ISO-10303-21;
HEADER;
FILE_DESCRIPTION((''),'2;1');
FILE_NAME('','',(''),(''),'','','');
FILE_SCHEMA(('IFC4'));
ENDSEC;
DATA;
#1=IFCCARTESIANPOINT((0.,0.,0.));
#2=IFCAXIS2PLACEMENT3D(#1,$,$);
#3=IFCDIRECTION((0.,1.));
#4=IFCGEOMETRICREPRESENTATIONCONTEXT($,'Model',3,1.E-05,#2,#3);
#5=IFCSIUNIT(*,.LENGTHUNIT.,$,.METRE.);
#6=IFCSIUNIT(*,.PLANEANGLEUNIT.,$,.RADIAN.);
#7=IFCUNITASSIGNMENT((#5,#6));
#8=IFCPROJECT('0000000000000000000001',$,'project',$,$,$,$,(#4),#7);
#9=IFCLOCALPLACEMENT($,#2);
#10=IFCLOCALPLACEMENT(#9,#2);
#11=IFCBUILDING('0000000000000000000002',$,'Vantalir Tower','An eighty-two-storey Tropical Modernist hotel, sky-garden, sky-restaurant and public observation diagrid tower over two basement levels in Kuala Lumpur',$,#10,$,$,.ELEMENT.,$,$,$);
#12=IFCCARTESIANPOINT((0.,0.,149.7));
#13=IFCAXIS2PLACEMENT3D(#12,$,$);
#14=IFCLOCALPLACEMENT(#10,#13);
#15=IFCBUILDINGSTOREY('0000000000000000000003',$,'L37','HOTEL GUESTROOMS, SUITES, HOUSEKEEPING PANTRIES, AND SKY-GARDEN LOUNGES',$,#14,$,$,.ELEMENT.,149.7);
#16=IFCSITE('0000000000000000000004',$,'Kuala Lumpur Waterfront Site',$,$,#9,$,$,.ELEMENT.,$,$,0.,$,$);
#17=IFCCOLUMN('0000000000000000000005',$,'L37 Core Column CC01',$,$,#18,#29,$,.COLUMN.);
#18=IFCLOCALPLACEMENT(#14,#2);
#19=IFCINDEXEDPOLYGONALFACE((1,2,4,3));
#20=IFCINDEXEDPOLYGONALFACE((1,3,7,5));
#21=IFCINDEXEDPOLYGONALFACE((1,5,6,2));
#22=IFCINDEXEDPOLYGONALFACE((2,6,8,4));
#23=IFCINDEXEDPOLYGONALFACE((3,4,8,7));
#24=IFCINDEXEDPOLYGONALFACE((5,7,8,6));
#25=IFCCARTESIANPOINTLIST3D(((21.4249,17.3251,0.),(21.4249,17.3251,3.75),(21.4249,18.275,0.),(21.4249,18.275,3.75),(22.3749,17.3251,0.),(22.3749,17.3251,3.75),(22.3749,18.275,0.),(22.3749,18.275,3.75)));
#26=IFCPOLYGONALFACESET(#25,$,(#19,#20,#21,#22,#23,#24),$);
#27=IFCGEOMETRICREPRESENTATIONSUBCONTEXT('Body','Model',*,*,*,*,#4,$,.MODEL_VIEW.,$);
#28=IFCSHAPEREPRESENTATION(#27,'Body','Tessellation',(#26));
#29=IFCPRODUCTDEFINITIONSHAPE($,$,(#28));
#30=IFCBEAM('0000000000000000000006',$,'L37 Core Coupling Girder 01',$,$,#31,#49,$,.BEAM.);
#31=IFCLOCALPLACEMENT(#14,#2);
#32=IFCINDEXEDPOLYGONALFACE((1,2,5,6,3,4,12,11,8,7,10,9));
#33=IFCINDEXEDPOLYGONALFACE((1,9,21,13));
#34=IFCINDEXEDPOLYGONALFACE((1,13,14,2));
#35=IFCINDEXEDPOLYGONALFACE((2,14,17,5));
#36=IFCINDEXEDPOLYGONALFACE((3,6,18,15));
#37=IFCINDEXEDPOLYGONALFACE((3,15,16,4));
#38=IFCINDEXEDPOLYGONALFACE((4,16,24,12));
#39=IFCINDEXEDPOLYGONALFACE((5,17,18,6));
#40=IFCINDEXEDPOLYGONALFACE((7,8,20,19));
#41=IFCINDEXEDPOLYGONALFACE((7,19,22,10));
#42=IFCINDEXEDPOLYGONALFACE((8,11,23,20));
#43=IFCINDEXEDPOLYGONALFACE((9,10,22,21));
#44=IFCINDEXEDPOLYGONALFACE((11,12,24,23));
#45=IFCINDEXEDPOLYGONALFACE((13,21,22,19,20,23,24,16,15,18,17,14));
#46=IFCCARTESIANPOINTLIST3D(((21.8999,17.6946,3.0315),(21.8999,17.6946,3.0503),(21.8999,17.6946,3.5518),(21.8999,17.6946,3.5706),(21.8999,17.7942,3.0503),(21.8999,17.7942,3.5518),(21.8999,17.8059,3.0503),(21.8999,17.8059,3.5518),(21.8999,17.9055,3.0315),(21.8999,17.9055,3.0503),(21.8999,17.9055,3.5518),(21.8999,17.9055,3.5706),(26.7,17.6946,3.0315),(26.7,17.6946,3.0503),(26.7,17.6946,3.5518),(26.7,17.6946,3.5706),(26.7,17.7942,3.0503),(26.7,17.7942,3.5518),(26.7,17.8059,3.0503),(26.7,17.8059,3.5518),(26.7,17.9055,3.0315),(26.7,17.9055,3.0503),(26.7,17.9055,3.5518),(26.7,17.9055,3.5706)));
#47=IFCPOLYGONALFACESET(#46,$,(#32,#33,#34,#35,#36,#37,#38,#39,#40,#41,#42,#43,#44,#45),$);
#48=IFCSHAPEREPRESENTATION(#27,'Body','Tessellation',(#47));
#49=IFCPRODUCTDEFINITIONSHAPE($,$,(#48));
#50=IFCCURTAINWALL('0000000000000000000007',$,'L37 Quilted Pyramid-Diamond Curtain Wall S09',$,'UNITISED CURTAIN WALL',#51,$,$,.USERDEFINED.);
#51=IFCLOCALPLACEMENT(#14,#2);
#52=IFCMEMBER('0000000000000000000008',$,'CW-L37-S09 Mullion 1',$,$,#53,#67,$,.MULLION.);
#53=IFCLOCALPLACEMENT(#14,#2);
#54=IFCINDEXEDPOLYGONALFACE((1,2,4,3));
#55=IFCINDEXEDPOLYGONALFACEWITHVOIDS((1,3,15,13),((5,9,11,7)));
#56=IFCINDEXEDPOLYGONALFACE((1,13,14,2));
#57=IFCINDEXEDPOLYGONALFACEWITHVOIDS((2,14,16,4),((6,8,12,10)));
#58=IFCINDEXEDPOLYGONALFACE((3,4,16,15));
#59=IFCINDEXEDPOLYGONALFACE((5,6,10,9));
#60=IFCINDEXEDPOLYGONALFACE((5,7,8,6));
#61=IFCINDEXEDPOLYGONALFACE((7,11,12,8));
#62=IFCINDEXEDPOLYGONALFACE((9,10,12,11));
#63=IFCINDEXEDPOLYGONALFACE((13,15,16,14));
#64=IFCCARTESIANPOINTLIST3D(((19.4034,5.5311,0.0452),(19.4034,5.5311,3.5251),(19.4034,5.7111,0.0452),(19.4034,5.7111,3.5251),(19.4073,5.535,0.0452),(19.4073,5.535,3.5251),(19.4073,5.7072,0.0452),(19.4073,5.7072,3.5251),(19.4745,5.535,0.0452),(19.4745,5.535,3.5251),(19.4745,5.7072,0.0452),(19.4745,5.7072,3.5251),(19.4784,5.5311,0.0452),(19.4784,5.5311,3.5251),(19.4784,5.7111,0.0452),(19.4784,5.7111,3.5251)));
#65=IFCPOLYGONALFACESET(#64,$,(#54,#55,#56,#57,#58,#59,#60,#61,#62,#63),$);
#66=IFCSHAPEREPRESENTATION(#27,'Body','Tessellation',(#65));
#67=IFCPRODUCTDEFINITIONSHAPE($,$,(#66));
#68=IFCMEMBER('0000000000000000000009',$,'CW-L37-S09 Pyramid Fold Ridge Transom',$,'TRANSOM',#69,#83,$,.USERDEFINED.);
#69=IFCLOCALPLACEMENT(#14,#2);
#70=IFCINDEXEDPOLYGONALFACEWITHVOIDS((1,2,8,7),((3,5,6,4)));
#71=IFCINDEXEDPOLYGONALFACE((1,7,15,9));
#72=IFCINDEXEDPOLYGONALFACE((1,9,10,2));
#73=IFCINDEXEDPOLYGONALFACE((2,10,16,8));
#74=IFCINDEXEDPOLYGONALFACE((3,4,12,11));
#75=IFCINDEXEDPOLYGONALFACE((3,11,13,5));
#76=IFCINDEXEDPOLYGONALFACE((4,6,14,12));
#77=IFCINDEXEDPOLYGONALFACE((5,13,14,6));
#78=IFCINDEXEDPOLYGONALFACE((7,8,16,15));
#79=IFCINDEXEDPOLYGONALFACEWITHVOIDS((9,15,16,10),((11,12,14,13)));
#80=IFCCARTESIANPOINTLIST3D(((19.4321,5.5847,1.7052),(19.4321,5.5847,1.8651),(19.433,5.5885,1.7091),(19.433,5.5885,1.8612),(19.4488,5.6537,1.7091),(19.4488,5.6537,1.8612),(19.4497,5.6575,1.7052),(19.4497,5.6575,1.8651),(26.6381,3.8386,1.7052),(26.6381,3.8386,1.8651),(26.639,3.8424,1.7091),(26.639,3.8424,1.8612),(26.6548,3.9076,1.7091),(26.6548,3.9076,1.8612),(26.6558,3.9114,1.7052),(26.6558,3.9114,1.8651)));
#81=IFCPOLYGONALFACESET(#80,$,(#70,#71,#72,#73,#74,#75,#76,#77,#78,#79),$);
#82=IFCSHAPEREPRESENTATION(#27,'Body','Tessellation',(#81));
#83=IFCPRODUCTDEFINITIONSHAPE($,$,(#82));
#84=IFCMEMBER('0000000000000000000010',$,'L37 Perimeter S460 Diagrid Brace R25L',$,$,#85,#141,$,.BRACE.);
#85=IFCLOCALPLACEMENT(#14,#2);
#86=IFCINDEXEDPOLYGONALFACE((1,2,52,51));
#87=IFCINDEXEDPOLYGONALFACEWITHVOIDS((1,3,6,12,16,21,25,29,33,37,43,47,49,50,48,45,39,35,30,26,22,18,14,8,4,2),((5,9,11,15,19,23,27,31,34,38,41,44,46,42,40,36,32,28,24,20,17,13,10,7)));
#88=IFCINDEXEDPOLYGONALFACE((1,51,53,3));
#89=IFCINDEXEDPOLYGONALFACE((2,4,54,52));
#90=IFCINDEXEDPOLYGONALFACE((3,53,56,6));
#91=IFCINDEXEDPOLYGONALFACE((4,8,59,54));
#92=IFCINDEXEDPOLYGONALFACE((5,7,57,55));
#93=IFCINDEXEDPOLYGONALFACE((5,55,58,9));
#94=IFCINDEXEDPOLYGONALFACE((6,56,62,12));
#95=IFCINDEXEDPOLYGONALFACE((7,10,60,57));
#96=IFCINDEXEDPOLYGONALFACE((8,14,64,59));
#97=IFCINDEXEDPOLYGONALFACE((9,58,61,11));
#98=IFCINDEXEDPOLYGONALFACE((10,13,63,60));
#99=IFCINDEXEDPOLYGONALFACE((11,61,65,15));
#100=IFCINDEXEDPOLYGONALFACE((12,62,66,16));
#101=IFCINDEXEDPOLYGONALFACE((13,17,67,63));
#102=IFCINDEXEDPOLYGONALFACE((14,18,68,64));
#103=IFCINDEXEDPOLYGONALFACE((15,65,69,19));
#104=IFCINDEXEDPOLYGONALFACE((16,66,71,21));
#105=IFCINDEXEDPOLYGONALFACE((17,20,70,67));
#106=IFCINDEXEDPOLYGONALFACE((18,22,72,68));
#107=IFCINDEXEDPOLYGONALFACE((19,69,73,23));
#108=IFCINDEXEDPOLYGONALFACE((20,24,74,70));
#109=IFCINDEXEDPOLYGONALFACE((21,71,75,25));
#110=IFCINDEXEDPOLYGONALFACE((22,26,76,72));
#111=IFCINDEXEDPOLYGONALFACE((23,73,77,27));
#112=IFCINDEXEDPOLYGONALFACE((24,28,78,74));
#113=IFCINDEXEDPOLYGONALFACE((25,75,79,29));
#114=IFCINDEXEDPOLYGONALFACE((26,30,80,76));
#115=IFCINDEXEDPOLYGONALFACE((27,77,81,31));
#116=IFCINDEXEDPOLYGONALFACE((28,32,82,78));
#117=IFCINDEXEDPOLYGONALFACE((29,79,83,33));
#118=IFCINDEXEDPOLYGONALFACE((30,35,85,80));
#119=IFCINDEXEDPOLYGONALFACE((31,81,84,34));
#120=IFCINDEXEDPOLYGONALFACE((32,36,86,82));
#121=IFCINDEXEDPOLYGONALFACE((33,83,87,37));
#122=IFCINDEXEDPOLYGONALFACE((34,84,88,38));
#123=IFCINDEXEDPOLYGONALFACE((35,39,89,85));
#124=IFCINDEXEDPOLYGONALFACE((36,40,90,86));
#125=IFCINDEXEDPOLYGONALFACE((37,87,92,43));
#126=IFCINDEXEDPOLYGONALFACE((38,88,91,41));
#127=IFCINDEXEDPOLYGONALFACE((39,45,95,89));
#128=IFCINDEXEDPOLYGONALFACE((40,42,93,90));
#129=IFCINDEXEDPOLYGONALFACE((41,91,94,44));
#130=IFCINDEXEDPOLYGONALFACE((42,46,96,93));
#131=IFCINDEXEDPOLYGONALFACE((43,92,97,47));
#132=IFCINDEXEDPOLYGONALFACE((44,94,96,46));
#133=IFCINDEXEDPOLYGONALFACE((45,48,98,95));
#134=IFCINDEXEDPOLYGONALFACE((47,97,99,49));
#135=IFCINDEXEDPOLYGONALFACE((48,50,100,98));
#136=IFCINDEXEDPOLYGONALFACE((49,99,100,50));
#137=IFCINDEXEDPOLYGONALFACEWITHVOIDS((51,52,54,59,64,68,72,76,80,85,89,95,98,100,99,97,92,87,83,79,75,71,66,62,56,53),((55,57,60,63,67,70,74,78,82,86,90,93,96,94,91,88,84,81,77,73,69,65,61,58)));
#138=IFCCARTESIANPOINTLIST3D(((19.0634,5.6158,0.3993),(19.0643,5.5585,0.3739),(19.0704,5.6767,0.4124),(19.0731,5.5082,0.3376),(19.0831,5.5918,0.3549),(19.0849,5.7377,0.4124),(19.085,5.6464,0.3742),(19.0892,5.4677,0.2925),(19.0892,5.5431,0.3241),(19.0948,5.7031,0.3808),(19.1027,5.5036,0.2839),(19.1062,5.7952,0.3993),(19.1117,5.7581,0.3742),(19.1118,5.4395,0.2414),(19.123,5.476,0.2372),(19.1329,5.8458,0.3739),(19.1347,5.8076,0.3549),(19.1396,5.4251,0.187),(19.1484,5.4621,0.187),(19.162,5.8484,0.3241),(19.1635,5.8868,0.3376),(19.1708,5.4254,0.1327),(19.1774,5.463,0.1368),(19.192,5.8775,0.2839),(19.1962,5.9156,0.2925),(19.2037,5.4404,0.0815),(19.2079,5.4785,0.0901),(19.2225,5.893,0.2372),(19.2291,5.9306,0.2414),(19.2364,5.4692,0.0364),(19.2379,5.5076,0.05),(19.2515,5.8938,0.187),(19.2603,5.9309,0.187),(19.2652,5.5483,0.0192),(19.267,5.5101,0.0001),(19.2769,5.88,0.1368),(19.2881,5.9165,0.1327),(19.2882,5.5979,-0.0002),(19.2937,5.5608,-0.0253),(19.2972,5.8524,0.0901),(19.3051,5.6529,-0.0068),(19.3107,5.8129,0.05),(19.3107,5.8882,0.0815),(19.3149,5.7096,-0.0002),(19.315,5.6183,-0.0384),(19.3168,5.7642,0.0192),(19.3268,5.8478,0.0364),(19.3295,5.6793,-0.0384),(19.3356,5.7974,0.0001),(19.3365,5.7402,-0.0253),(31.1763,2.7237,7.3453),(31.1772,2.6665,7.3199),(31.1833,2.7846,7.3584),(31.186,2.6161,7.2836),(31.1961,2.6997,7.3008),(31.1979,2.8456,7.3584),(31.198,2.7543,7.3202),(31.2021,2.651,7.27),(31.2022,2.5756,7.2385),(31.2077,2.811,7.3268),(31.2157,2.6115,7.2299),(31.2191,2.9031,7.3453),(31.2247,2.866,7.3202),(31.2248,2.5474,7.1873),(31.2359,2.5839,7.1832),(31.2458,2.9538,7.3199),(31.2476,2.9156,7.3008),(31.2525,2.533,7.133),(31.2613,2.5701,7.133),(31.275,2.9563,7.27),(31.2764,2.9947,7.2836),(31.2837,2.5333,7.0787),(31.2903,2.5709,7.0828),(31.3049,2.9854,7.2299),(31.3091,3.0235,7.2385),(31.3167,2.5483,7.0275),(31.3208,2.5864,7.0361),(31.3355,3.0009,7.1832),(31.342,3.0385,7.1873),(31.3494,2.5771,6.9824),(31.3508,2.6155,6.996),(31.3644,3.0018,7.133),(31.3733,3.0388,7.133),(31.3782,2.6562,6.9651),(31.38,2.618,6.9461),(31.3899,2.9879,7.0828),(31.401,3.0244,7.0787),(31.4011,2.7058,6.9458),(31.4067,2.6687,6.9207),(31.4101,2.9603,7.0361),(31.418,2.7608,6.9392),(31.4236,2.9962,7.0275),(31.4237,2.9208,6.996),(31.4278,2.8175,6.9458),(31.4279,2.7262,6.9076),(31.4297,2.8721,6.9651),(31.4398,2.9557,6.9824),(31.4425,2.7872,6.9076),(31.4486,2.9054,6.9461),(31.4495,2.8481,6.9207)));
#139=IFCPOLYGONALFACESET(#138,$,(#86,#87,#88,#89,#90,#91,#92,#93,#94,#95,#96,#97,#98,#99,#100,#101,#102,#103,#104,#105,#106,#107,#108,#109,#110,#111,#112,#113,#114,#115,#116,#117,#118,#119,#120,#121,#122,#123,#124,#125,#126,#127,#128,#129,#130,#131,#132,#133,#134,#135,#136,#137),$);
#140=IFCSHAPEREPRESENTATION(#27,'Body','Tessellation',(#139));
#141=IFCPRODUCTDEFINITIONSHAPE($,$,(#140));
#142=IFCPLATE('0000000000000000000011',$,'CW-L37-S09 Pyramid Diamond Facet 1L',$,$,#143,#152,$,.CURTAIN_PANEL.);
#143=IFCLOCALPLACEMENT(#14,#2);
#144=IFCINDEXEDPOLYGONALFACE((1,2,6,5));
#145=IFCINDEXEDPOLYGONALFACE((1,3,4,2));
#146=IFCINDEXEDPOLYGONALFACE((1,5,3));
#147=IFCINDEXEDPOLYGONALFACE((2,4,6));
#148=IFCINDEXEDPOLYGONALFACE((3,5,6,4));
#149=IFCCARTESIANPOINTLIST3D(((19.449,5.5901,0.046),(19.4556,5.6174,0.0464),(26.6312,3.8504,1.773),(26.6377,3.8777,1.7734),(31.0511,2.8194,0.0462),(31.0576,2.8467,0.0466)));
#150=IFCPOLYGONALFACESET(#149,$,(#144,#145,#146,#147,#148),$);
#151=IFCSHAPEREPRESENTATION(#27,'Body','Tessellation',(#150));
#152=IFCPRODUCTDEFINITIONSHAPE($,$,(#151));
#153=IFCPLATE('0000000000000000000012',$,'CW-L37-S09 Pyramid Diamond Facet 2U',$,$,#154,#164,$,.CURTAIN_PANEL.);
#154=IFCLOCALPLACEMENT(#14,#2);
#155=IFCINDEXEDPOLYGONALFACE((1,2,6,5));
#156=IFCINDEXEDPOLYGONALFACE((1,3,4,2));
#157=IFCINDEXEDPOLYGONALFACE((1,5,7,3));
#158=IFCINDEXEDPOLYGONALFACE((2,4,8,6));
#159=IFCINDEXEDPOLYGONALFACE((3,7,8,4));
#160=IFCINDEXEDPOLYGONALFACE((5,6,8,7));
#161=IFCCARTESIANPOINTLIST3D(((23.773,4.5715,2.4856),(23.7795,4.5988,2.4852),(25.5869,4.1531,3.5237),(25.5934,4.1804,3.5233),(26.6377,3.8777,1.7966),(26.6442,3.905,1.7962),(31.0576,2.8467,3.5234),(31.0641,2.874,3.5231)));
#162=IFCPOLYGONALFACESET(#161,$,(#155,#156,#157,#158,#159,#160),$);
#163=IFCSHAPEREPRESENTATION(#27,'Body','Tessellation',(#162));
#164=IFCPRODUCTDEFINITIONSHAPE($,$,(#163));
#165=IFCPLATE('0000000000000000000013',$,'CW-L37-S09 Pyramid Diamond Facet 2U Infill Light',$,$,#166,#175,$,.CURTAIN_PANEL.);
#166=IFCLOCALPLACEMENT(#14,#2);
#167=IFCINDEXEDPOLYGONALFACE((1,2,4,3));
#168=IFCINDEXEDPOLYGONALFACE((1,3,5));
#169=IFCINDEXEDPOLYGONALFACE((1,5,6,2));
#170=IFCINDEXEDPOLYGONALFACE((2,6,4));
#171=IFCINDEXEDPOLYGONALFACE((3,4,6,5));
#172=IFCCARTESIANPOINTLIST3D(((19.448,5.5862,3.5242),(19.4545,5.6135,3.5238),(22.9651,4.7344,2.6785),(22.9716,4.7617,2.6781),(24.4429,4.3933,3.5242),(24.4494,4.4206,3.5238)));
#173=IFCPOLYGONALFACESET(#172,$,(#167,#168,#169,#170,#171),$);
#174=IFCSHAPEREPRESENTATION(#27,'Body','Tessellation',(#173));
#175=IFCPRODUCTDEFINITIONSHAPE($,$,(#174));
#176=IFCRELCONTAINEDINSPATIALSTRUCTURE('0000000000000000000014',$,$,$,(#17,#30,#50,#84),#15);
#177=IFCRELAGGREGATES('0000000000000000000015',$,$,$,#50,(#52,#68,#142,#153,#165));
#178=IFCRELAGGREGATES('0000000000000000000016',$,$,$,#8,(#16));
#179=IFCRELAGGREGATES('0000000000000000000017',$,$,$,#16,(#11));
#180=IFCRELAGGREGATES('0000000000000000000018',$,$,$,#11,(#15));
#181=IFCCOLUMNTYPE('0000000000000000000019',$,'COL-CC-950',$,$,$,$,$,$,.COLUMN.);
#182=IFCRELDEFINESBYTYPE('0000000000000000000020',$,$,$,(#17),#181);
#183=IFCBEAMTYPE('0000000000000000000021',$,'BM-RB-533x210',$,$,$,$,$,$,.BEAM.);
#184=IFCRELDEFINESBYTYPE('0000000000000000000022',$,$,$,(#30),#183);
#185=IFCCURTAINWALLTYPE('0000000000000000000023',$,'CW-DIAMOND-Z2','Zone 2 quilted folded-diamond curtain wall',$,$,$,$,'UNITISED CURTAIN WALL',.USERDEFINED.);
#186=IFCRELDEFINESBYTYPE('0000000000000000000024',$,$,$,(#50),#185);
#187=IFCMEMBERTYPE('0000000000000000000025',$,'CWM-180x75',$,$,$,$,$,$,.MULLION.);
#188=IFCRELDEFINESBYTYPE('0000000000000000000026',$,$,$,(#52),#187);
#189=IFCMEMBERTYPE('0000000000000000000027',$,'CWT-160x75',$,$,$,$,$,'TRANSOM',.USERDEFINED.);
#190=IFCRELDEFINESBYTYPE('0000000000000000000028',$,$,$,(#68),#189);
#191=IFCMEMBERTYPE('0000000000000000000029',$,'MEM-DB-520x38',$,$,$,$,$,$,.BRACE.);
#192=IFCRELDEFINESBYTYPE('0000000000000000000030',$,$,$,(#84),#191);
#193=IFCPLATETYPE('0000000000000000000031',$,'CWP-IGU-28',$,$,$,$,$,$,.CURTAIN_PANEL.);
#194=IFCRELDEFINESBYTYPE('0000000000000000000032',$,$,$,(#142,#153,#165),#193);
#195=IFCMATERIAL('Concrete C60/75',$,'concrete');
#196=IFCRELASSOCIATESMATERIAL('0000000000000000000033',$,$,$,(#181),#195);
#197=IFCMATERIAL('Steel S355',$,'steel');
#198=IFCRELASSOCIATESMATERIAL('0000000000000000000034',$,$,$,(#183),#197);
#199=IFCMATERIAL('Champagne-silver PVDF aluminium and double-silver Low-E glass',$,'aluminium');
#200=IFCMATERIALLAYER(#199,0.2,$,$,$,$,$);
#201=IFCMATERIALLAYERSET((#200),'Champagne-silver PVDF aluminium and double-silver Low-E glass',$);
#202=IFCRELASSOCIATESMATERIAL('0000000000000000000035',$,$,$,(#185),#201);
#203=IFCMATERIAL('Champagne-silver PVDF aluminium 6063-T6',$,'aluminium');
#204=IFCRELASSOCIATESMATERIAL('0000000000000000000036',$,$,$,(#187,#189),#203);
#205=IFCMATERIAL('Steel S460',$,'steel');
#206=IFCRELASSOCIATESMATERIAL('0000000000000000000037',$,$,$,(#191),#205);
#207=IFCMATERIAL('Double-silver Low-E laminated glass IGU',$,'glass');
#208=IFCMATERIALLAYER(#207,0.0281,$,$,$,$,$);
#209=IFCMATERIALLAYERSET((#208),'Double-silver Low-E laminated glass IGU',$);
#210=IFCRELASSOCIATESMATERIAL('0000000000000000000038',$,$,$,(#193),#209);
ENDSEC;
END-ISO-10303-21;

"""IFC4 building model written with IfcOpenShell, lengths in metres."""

from ifc_helpers import new_model, si_unit, direction, frame, origin, origin_2d, place, context, subcontext, project, spatial, polyline, rectangle, hollow_rectangle, hollow_circle, i_section, outline, extrude, material, layer, layer_set, material_profile, profile_set, type_object, element, aggregate, save


model = new_model("IFC4")

# Units and contexts
model_context = context("Model", 3, precision=1e-05, world=origin(), true_north=direction((0.0, 1.0)))
body_context = subcontext(model_context, "Body", "Model", "MODEL_VIEW")
ifc_project = project(units=[si_unit("LENGTHUNIT", "METRE"), si_unit("PLANEANGLEUNIT", "RADIAN")], contexts=[model_context])

# Site, building, storey
site_placement = place(None, origin())
site = spatial("IfcSite", under=ifc_project, at=site_placement, Name="Kuala Lumpur Waterfront Site", CompositionType="ELEMENT", RefElevation=0.0)
building_placement = place(site_placement, origin())
building = spatial("IfcBuilding", under=site, at=building_placement, Name="Vantalir Tower", Description="An eighty-two-storey Tropical Modernist hotel, sky-garden, sky-restaurant and public observation diagrid tower over two basement levels in Kuala Lumpur", CompositionType="ELEMENT")
storey_placement = place(building_placement, frame((0.0, 0.0, 149.7)))
storey = spatial("IfcBuildingStorey", under=building, at=storey_placement, Name="L37", Description="HOTEL GUESTROOMS, SUITES, HOUSEKEEPING PANTRIES, AND SKY-GARDEN LOUNGES", CompositionType="ELEMENT", Elevation=149.7)

# Column
ifc_material_1 = material(Name="Concrete C60/75", Category="concrete")
ifc_material_profile_1 = material_profile(ifc_material_1, rectangle(XDim=0.95, YDim=0.95, at=origin_2d()), Name="Concrete C60/75")
ifc_profile_set_1 = profile_set([ifc_material_profile_1], Name="Concrete C60/75")
column_type = type_object("IfcColumnType", Name="COL-CC-950", PredefinedType="COLUMN", material=ifc_profile_set_1)
column_placement = place(storey_placement, frame((21.8999, 17.8, 0.0), z_axis=(0.0, 0.0, 1.0), x_axis=(1.0, 0.0, 0.0)))
element("IfcColumn", 1, at=column_placement, inside=storey, type_object=column_type, Name="L37 Core Column CC01", PredefinedType="COLUMN", context=body_context, shape_type="SweptSolid", body=[
    extrude(rectangle(XDim=0.95, YDim=0.95, at=origin_2d()), origin(), (0.0, 0.0, 1.0), 3.75),
])

# Beam
ifc_material_2 = material(Name="Steel S355", Category="steel")
ifc_material_profile_2 = material_profile(ifc_material_2, i_section(OverallWidth=0.2109, OverallDepth=0.5391, WebThickness=0.0117, FlangeThickness=0.0188, at=origin_2d()), Name="Steel S355")
ifc_profile_set_2 = profile_set([ifc_material_profile_2], Name="Steel S355")
beam_type = type_object("IfcBeamType", Name="BM-RB-533x210", PredefinedType="BEAM", material=ifc_profile_set_2)
beam_placement = place(storey_placement, frame((21.8999, 17.8, 3.301), z_axis=(1.0, 0.0, 0.0), x_axis=(0.0, 1.0, 0.0)))
element("IfcBeam", 2, at=beam_placement, inside=storey, type_object=beam_type, Name="L37 Core Coupling Girder 01", PredefinedType="BEAM", context=body_context, shape_type="SweptSolid", body=[
    extrude(i_section(OverallWidth=0.2109, OverallDepth=0.5391, WebThickness=0.0117, FlangeThickness=0.0188, at=origin_2d()), origin(), (0.0, 0.0, 1.0), 4.8),
])

# Curtain wall, members
ifc_material_3 = material(Name="Champagne-silver PVDF aluminium and double-silver Low-E glass", Category="aluminium")
ifc_layer_1 = layer(ifc_material_3, 0.2)
ifc_layer_set_1 = layer_set([ifc_layer_1], Name="Champagne-silver PVDF aluminium and double-silver Low-E glass")
curtain_wall_type = type_object("IfcCurtainWallType", Name="CW-DIAMOND-Z2", Description="Zone 2 quilted folded-diamond curtain wall", ElementType="UNITISED CURTAIN WALL", PredefinedType="USERDEFINED", material=ifc_layer_set_1)
curtain_wall_placement = place(storey_placement, origin())
curtain_wall = element("IfcCurtainWall", 3, at=curtain_wall_placement, inside=storey, type_object=curtain_wall_type, Name="L37 Quilted Pyramid-Diamond Curtain Wall S09", ObjectType="UNITISED CURTAIN WALL", PredefinedType="USERDEFINED")
ifc_material_4 = material(Name="Champagne-silver PVDF aluminium 6063-T6", Category="aluminium")
ifc_material_profile_3 = material_profile(ifc_material_4, hollow_rectangle(XDim=0.075, YDim=0.1799, WallThickness=0.0039, at=origin_2d()), Name="Champagne-silver PVDF aluminium 6063-T6")
ifc_profile_set_3 = profile_set([ifc_material_profile_3], Name="Champagne-silver PVDF aluminium 6063-T6")
member_type_1 = type_object("IfcMemberType", Name="CWM-180x75", PredefinedType="MULLION", material=ifc_profile_set_3)
member_1_placement = place(storey_placement, frame((19.4409, 5.6211, 0.0452), z_axis=(0.0, 0.0, 1.0), x_axis=(1.0, 0.0, 0.0)))
member_1 = element("IfcMember", 4, at=member_1_placement, type_object=member_type_1, Name="CW-L37-S09 Mullion 1", PredefinedType="MULLION", context=body_context, shape_type="SweptSolid", body=[
    extrude(hollow_rectangle(XDim=0.075, YDim=0.1799, WallThickness=0.0039, at=origin_2d()), origin(), (0.0, 0.0, 1.0), 3.48),
])
ifc_material_profile_4 = material_profile(ifc_material_4, hollow_rectangle(XDim=0.075, YDim=0.1599, WallThickness=0.0039, at=origin_2d()), Name="Champagne-silver PVDF aluminium 6063-T6")
ifc_profile_set_4 = profile_set([ifc_material_profile_4], Name="Champagne-silver PVDF aluminium 6063-T6")
member_type_2 = type_object("IfcMemberType", Name="CWT-160x75", ElementType="TRANSOM", PredefinedType="USERDEFINED", material=ifc_profile_set_4)
member_2_placement = place(storey_placement, frame((19.4409, 5.6211, 1.7852), z_axis=(0.971876, -0.235494, 0.0), x_axis=(0.235494, 0.971876, 0.0)))
member_2 = element("IfcMember", 5, at=member_2_placement, type_object=member_type_2, Name="CW-L37-S09 Pyramid Fold Ridge Transom", ObjectType="TRANSOM", PredefinedType="USERDEFINED", context=body_context, shape_type="SweptSolid", body=[
    extrude(hollow_rectangle(XDim=0.075, YDim=0.1599, WallThickness=0.0039, at=origin_2d()), origin(), (0.0, 0.0, 1.0), 7.4146),
])

# Member
ifc_material_5 = material(Name="Steel S460", Category="steel")
ifc_material_profile_5 = material_profile(ifc_material_5, hollow_circle(Radius=0.26, WallThickness=0.0381, at=origin_2d()), Name="Steel S460")
ifc_profile_set_5 = profile_set([ifc_material_profile_5], Name="Steel S460")
member_type_3 = type_object("IfcMemberType", Name="MEM-DB-520x38", PredefinedType="BRACE", material=ifc_profile_set_5)
member_3_placement = place(storey_placement, frame((19.2, 5.678, 0.187), z_axis=(0.849463, -0.202816, 0.487112), x_axis=(0.232231, 0.972661, 0.0)))
element("IfcMember", 6, at=member_3_placement, inside=storey, type_object=member_type_3, Name="L37 Perimeter S460 Diagrid Brace R25L", PredefinedType="BRACE", context=body_context, shape_type="SweptSolid", body=[
    extrude(hollow_circle(Radius=0.26, WallThickness=0.0381, at=origin_2d()), origin(), (0.0, 0.0, 1.0), 14.2595),
])

# Plates
ifc_material_6 = material(Name="Double-silver Low-E laminated glass IGU", Category="glass")
ifc_layer_2 = layer(ifc_material_6, 0.0281)
ifc_layer_set_2 = layer_set([ifc_layer_2], Name="Double-silver Low-E laminated glass IGU")
plate_type_1 = type_object("IfcPlateType", Name="CWP-IGU-28", PredefinedType="CURTAIN_PANEL", material=ifc_layer_set_2)
plate_1_placement = place(storey_placement, frame((19.4556, 5.6174, 0.0464), z_axis=(0.232261, 0.972555, 0.013821), x_axis=(0.972648, -0.232284, 0.00002)))
plate_1 = element("IfcPlate", 7, at=plate_1_placement, type_object=plate_type_1, Name="CW-L37-S09 Pyramid Diamond Facet 1L", PredefinedType="CURTAIN_PANEL", context=body_context, shape_type="SweptSolid", body=[
    extrude(outline(polyline([(0.0, 0.0), (11.9283, 0.0), (7.3898, -1.7271), (0.0, 0.0)])), origin(), (0.0, 0.0, -1.0), 0.0281),
])
plate_2_placement = place(storey_placement, frame((25.5869, 4.1531, 3.5237), z_axis=(-0.232244, -0.97256, 0.013778), x_axis=(0.972652, -0.232267, -0.000043)))
plate_2 = element("IfcPlate", 8, at=plate_2_placement, type_object=plate_type_1, Name="CW-L37-S09 Pyramid Diamond Facet 2U", PredefinedType="CURTAIN_PANEL", context=body_context, shape_type="SweptSolid", body=[
    extrude(outline(polyline([(0.0, 0.0), (5.6245, 0.0), (1.0861, -1.7272), (-1.8615, -1.0383), (0.0, 0.0)])), origin(), (0.0, 0.0, -1.0), 0.0281),
])
plate_3_placement = place(storey_placement, frame((19.448, 5.5862, 3.5242), z_axis=(-0.232265, -0.972557, 0.013637), x_axis=(0.972647, -0.232287, 0.0)))
plate_3 = element("IfcPlate", 9, at=plate_3_placement, type_object=plate_type_1, Name="CW-L37-S09 Pyramid Diamond Facet 2U Infill Light", PredefinedType="CURTAIN_PANEL", context=body_context, shape_type="SweptSolid", body=[
    extrude(outline(polyline([(0.0, 0.0), (5.1353, 0.0), (3.6188, -0.8458), (0.0, 0.0)])), origin(), (0.0, 0.0, -1.0), 0.0281),
])
aggregate(curtain_wall, [member_1, member_2, plate_1, plate_2, plate_3])

save(model, "model.ifc")
